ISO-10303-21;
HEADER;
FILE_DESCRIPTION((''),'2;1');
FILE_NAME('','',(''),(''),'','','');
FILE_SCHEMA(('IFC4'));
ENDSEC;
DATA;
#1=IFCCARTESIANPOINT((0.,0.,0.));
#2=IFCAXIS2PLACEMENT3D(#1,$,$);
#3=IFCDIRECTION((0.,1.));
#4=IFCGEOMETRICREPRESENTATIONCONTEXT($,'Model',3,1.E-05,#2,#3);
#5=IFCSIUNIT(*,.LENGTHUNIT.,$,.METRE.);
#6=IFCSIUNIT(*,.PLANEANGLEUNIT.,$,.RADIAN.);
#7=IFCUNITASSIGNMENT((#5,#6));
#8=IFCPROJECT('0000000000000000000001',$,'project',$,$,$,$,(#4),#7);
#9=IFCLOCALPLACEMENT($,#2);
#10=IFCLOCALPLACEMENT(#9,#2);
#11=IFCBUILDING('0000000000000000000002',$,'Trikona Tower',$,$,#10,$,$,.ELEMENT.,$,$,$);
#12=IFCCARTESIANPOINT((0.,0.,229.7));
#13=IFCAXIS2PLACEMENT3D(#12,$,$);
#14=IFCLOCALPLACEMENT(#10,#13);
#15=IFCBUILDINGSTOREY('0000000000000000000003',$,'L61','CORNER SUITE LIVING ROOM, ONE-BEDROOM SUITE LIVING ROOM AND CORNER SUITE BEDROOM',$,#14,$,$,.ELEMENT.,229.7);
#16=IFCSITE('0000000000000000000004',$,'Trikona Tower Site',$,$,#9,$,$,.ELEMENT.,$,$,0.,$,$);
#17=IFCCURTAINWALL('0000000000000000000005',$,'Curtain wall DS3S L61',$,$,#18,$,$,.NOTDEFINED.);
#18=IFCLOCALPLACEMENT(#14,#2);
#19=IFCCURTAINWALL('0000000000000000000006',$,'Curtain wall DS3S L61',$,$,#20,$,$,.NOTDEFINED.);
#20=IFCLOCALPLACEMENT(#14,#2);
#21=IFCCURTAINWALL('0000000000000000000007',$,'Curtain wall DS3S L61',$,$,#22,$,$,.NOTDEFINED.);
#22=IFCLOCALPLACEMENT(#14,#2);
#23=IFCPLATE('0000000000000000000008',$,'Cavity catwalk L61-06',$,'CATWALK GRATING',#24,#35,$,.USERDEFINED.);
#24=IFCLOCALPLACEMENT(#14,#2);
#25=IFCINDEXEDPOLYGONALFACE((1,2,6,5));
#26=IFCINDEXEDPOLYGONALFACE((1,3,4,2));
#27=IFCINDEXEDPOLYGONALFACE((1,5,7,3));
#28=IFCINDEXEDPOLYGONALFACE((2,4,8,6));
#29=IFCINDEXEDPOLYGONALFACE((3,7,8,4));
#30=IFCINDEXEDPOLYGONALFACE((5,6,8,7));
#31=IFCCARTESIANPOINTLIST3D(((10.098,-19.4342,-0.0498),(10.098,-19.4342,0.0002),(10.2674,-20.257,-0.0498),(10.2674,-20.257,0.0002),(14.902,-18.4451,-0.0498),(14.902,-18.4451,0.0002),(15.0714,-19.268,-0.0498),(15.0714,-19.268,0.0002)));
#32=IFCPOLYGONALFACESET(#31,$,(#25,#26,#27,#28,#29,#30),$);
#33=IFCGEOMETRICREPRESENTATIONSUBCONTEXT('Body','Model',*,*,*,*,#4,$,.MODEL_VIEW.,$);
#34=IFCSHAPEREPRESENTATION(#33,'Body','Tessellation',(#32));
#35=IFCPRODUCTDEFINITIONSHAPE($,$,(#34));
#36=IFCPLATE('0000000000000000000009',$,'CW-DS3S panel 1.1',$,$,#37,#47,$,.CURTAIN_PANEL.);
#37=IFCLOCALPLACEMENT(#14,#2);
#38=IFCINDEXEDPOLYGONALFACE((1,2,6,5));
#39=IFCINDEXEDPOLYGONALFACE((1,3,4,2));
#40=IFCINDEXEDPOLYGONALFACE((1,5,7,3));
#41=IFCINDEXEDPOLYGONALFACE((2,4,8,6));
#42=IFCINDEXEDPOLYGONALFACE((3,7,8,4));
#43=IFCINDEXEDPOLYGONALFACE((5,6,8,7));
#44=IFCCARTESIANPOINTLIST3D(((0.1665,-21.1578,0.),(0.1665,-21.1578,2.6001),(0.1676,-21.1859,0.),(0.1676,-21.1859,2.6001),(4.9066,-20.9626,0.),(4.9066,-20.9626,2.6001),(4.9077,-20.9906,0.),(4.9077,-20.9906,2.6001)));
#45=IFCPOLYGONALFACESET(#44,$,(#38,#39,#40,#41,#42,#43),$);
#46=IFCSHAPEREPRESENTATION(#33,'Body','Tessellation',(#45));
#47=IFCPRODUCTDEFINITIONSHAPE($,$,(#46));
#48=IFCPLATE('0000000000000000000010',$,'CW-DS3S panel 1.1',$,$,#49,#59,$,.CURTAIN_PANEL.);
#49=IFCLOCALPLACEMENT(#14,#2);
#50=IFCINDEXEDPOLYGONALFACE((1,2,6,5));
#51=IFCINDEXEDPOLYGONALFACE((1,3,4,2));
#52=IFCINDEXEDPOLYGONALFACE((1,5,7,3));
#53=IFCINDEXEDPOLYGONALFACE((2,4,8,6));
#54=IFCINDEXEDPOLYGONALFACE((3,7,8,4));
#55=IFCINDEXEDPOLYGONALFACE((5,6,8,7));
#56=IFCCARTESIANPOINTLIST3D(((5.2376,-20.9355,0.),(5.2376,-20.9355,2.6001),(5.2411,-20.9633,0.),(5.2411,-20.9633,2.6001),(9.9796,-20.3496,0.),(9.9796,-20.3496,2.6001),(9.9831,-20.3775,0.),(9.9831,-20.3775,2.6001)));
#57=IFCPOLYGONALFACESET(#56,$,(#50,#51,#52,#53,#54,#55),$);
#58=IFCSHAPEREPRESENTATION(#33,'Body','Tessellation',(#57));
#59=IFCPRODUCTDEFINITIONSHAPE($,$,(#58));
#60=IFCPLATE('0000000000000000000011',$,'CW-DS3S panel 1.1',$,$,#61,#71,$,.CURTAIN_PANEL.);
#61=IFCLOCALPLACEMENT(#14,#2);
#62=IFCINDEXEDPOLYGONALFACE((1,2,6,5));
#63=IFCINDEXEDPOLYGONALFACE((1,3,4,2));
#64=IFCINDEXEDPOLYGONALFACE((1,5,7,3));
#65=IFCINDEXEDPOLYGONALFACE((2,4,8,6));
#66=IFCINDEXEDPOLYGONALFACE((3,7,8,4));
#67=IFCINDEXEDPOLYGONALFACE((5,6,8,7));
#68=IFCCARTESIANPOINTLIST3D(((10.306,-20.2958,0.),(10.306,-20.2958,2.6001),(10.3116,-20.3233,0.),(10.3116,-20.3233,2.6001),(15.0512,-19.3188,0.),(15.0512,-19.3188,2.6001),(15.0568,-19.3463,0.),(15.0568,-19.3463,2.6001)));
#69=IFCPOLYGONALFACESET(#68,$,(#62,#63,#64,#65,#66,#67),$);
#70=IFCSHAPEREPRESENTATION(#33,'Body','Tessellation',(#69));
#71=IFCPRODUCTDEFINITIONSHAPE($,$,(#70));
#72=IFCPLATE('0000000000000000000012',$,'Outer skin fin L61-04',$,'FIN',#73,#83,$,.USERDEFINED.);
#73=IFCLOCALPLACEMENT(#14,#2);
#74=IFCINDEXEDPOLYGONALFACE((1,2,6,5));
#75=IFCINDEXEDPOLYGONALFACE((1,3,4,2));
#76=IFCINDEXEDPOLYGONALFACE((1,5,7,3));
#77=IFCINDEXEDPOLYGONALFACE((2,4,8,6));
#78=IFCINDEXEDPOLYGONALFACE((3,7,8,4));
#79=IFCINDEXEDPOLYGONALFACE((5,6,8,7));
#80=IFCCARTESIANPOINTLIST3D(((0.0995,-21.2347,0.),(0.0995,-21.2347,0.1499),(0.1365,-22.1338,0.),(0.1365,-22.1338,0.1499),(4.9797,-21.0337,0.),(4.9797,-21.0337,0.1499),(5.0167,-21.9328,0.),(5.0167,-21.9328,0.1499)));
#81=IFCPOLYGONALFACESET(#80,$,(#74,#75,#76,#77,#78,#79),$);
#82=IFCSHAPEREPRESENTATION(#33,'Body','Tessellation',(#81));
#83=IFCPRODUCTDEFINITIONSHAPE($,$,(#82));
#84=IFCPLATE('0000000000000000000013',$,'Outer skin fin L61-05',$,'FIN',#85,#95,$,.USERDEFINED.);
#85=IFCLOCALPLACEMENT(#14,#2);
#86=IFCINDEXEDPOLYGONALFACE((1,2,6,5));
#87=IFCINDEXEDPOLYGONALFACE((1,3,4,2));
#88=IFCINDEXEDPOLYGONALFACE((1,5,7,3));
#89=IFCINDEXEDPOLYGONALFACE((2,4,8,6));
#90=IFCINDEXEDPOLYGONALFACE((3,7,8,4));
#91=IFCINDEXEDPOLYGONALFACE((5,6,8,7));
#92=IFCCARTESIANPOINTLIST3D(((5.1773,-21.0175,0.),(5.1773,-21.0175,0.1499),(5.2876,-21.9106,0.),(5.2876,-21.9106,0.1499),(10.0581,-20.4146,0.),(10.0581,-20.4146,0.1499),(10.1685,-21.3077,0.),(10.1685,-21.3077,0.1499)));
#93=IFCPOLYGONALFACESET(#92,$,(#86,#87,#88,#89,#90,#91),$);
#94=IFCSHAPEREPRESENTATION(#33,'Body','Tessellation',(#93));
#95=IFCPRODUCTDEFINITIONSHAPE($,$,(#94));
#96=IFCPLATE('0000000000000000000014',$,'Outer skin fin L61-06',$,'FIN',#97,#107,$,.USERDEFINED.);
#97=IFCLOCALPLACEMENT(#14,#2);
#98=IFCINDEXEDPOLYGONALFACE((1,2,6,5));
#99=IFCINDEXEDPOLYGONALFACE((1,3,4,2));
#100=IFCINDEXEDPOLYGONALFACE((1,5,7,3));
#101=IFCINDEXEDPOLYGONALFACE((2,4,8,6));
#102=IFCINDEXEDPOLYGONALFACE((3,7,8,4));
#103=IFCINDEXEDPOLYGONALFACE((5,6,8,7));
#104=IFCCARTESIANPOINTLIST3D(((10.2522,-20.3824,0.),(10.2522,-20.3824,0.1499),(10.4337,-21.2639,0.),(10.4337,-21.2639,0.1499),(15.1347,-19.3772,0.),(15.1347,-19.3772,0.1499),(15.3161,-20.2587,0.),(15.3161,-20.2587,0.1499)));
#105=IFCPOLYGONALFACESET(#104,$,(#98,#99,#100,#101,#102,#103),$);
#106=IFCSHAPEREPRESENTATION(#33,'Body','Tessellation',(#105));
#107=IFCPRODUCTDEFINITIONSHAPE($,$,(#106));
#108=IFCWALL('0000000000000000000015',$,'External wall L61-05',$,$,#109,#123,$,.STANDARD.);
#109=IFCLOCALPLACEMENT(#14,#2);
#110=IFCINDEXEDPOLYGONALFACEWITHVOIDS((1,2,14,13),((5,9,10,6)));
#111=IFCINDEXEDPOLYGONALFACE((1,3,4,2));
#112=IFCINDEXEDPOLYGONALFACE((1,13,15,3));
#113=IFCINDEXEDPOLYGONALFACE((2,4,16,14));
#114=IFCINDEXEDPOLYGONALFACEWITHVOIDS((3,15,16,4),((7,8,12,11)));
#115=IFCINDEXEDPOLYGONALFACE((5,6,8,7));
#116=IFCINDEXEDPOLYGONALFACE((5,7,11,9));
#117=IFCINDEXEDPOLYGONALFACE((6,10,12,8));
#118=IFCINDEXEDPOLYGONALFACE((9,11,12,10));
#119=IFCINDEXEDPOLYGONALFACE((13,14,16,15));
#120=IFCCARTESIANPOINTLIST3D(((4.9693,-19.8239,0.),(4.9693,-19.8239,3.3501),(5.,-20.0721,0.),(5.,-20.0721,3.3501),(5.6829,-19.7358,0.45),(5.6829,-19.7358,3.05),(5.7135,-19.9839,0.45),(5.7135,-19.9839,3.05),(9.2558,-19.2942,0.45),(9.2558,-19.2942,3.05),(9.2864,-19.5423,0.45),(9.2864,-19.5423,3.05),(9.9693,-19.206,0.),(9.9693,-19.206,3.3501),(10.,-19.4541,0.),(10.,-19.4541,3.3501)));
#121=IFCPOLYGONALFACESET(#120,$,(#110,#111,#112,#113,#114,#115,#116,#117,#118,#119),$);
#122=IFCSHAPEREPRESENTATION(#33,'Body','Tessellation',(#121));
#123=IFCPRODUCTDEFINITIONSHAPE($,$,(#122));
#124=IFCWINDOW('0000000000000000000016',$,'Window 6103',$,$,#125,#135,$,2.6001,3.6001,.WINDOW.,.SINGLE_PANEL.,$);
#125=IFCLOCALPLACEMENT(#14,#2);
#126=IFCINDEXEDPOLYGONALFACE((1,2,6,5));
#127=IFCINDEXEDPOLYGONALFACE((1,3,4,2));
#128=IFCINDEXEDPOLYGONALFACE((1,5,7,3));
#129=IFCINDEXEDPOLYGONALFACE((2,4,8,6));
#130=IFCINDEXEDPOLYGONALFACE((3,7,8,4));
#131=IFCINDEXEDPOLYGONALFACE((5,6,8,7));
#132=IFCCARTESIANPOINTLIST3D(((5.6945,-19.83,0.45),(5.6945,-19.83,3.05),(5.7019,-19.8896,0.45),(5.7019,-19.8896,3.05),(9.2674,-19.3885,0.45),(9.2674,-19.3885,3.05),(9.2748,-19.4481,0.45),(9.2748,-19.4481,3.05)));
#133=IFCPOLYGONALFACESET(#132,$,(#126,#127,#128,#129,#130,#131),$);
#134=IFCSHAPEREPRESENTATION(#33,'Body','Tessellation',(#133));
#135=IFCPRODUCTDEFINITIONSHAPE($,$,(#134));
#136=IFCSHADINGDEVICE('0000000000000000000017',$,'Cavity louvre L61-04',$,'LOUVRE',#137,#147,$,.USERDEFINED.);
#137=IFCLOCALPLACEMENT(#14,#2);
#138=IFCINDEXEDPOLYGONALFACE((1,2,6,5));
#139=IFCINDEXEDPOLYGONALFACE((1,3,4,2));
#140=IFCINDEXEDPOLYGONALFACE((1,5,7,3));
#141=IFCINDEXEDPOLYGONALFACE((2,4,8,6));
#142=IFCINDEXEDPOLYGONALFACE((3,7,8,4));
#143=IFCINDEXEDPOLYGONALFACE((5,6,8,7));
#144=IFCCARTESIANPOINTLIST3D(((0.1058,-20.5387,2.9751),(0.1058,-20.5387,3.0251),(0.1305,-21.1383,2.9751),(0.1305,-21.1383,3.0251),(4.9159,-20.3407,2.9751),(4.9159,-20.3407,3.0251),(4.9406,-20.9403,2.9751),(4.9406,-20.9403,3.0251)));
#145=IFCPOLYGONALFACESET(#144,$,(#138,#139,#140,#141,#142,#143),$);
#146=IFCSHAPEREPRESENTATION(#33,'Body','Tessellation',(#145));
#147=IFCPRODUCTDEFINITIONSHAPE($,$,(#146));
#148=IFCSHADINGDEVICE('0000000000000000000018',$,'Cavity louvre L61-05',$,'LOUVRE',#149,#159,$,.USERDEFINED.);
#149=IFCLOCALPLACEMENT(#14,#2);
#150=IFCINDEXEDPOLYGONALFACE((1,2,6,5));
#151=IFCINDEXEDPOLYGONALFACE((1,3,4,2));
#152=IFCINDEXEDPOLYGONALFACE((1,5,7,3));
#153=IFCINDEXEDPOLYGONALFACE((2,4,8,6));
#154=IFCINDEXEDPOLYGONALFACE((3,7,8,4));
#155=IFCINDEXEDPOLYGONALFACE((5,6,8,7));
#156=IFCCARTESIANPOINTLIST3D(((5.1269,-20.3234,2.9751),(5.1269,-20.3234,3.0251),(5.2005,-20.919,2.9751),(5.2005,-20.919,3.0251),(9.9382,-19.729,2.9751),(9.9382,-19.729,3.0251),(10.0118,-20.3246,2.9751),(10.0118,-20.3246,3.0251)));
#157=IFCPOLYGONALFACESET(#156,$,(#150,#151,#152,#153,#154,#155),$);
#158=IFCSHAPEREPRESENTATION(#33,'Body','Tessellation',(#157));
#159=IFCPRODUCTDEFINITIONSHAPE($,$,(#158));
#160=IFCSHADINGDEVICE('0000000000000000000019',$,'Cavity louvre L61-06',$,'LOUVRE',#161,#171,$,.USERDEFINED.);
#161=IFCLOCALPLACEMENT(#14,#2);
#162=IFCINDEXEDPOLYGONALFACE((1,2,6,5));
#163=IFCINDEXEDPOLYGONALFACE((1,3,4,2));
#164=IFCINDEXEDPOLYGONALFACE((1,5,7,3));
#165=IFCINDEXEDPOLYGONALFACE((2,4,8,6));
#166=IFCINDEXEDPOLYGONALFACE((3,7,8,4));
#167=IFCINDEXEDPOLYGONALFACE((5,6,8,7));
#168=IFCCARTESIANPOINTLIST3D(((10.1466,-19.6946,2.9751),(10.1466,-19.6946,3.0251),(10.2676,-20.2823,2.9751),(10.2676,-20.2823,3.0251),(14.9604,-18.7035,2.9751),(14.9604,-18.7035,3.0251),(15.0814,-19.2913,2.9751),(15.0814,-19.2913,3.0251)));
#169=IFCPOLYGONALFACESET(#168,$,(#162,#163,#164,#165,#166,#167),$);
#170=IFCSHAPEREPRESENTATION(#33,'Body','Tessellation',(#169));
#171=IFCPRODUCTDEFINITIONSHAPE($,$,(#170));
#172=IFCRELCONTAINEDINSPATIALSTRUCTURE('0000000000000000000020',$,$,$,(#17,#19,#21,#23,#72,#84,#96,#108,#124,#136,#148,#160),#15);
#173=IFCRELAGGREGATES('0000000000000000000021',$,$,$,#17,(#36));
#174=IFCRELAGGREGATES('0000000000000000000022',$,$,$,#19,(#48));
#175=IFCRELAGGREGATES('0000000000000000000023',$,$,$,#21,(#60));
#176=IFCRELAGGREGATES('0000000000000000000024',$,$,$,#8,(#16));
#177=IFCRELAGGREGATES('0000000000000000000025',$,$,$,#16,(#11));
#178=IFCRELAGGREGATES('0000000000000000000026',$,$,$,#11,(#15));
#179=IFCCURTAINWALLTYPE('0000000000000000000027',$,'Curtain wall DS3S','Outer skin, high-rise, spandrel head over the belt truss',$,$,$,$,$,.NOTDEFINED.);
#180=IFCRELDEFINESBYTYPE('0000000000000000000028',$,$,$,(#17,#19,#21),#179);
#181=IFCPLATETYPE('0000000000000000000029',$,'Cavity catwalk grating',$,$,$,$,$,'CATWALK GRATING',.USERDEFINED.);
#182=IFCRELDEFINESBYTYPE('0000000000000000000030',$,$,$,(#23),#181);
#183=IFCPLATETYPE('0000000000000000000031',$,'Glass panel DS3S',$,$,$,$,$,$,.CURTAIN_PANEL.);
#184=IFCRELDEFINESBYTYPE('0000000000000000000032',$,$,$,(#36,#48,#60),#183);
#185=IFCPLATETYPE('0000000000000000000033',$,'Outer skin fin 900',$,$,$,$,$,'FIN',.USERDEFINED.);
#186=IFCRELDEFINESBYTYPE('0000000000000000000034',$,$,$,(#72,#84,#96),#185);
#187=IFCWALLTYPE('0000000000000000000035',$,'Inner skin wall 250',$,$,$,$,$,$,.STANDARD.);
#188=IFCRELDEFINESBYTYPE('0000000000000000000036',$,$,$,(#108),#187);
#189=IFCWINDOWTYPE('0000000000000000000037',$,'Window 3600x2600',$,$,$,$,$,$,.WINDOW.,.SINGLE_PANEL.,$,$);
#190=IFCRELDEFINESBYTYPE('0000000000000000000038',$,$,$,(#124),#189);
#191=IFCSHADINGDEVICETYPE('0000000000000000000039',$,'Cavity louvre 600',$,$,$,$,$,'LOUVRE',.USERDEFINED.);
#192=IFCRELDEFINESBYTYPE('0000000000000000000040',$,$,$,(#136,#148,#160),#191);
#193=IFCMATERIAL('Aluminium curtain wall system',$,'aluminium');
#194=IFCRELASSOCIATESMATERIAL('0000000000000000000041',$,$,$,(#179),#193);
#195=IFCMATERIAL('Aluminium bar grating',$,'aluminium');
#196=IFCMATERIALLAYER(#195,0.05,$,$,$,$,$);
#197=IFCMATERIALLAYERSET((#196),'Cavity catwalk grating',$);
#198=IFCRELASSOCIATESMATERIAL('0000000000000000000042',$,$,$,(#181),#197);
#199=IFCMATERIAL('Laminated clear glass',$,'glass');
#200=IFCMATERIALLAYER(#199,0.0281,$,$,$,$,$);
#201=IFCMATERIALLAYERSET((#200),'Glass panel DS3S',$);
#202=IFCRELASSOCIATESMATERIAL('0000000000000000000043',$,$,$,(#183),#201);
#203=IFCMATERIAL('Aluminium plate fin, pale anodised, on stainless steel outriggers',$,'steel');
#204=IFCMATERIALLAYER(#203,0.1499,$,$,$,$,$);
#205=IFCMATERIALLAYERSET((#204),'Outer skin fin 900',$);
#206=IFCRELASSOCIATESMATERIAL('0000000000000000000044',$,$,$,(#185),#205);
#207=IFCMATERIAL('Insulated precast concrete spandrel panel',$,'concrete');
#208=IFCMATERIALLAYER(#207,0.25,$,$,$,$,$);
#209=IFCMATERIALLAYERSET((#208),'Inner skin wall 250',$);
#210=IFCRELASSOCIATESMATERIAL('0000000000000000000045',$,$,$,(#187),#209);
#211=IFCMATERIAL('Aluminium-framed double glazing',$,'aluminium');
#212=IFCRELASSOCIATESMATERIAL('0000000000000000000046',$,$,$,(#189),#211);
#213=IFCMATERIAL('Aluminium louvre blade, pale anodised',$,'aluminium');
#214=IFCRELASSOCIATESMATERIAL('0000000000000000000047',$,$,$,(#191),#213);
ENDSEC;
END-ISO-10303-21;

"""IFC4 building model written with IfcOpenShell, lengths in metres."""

from ifc_helpers import new_model, si_unit, direction, frame, frame_2d, origin, origin_2d, place, context, subcontext, project, spatial, rectangle, extrude, material, layer, layer_set, type_object, element, fill, aggregate, save


model = new_model("IFC4")

# Units and contexts
model_context = context("Model", 3, precision=1e-05, world=origin(), true_north=direction((0.0, 1.0)))
body_context = subcontext(model_context, "Body", "Model", "MODEL_VIEW")
ifc_project = project(units=[si_unit("LENGTHUNIT", "METRE"), si_unit("PLANEANGLEUNIT", "RADIAN")], contexts=[model_context])

# Site, building, storey
site_placement = place(None, origin())
site = spatial("IfcSite", under=ifc_project, at=site_placement, Name="Trikona Tower Site", CompositionType="ELEMENT", RefElevation=0.0)
building_placement = place(site_placement, origin())
building = spatial("IfcBuilding", under=site, at=building_placement, Name="Trikona Tower", CompositionType="ELEMENT")
storey_placement = place(building_placement, frame((0.0, 0.0, 229.7)))
storey = spatial("IfcBuildingStorey", under=building, at=storey_placement, Name="L61", Description="CORNER SUITE LIVING ROOM, ONE-BEDROOM SUITE LIVING ROOM AND CORNER SUITE BEDROOM", CompositionType="ELEMENT", Elevation=229.7)

# Curtain walls
ifc_material_1 = material(Name="Aluminium curtain wall system", Category="aluminium")
curtain_wall_type = type_object("IfcCurtainWallType", Name="Curtain wall DS3S", Description="Outer skin, high-rise, spandrel head over the belt truss", PredefinedType="NOTDEFINED", material=ifc_material_1)
curtain_wall_1_placement = place(storey_placement, origin())
curtain_wall_1 = element("IfcCurtainWall", 1, at=curtain_wall_1_placement, inside=storey, type_object=curtain_wall_type, Name="Curtain wall DS3S L61", PredefinedType="NOTDEFINED")
curtain_wall_2_placement = place(storey_placement, origin())
curtain_wall_2 = element("IfcCurtainWall", 2, at=curtain_wall_2_placement, inside=storey, type_object=curtain_wall_type, Name="Curtain wall DS3S L61", PredefinedType="NOTDEFINED")

# Curtain wall
curtain_wall_3_placement = place(storey_placement, origin())
curtain_wall_3 = element("IfcCurtainWall", 3, at=curtain_wall_3_placement, inside=storey, type_object=curtain_wall_type, Name="Curtain wall DS3S L61", PredefinedType="NOTDEFINED")

# Plate
ifc_material_2 = material(Name="Aluminium bar grating", Category="aluminium")
ifc_layer_1 = layer(ifc_material_2, 0.05)
ifc_layer_set_1 = layer_set([ifc_layer_1], Name="Cavity catwalk grating")
plate_type_1 = type_object("IfcPlateType", Name="Cavity catwalk grating", ElementType="CATWALK GRATING", PredefinedType="USERDEFINED", material=ifc_layer_set_1)
plate_1_placement = place(storey_placement, frame((12.5847, -19.3511, -0.0498), z_axis=(0.0, 0.0, 1.0), x_axis=(0.979458, 0.201651, 0.0)))
element("IfcPlate", 4, at=plate_1_placement, inside=storey, type_object=plate_type_1, Name="Cavity catwalk L61-06", ObjectType="CATWALK GRATING", PredefinedType="USERDEFINED", context=body_context, shape_type="SweptSolid", body=[
    extrude(rectangle(XDim=4.9048, YDim=0.8401, at=origin_2d()), origin(), (0.0, 0.0, 1.0), 0.05),
])

# Plates
ifc_material_3 = material(Name="Laminated clear glass", Category="glass")
ifc_layer_2 = layer(ifc_material_3, 0.0281)
ifc_layer_set_2 = layer_set([ifc_layer_2], Name="Glass panel DS3S")
plate_type_2 = type_object("IfcPlateType", Name="Glass panel DS3S", PredefinedType="CURTAIN_PANEL", material=ifc_layer_set_2)
plate_2_placement = place(storey_placement, frame((2.5371, -21.0742, 0.0), z_axis=(0.0, 0.0, 1.0), x_axis=(0.999153, 0.041153, 0.0)))
plate_2 = element("IfcPlate", 5, at=plate_2_placement, type_object=plate_type_2, Name="CW-DS3S panel 1.1", PredefinedType="CURTAIN_PANEL", context=body_context, shape_type="SweptSolid", body=[
    extrude(rectangle(XDim=4.7441, YDim=0.0281, at=origin_2d()), origin(), (0.0, 0.0, 1.0), 2.6001),
])
aggregate(curtain_wall_1, [plate_2])
plate_3_placement = place(storey_placement, frame((7.6104, -20.6565, 0.0), z_axis=(0.0, 0.0, 1.0), x_axis=(0.992455, 0.122611, 0.0)))
plate_3 = element("IfcPlate", 6, at=plate_3_placement, type_object=plate_type_2, Name="CW-DS3S panel 1.1", PredefinedType="CURTAIN_PANEL", context=body_context, shape_type="SweptSolid", body=[
    extrude(rectangle(XDim=4.7781, YDim=0.0281, at=origin_2d()), origin(), (0.0, 0.0, 1.0), 2.6001),
])
aggregate(curtain_wall_2, [plate_3])
plate_4_placement = place(storey_placement, frame((12.6814, -19.821, 0.0), z_axis=(0.0, 0.0, 1.0), x_axis=(0.979457, 0.201653, 0.0)))
plate_4 = element("IfcPlate", 7, at=plate_4_placement, type_object=plate_type_2, Name="CW-DS3S panel 1.1", PredefinedType="CURTAIN_PANEL", context=body_context, shape_type="SweptSolid", body=[
    extrude(rectangle(XDim=4.8447, YDim=0.0281, at=origin_2d()), origin(), (0.0, 0.0, 1.0), 2.6001),
])
aggregate(curtain_wall_3, [plate_4])

# Plates
ifc_material_4 = material(Name="Aluminium plate fin, pale anodised, on stainless steel outriggers", Category="steel")
ifc_layer_3 = layer(ifc_material_4, 0.1499)
ifc_layer_set_3 = layer_set([ifc_layer_3], Name="Outer skin fin 900")
plate_type_3 = type_object("IfcPlateType", Name="Outer skin fin 900", ElementType="FIN", PredefinedType="USERDEFINED", material=ifc_layer_set_3)
plate_5_placement = place(storey_placement, frame((2.5581, -21.5837, 0.0), z_axis=(0.0, 0.0, 1.0), x_axis=(0.999153, 0.041145, 0.0)))
element("IfcPlate", 8, at=plate_5_placement, inside=storey, type_object=plate_type_3, Name="Outer skin fin L61-04", ObjectType="FIN", PredefinedType="USERDEFINED", context=body_context, shape_type="SweptSolid", body=[
    extrude(rectangle(XDim=4.8843, YDim=0.8999, at=origin_2d()), origin(), (0.0, 0.0, 1.0), 0.1499),
])
plate_6_placement = place(storey_placement, frame((7.6729, -21.1626, 0.0), z_axis=(0.0, 0.0, 1.0), x_axis=(0.992455, 0.122607, 0.0)))
element("IfcPlate", 9, at=plate_6_placement, inside=storey, type_object=plate_type_3, Name="Outer skin fin L61-05", ObjectType="FIN", PredefinedType="USERDEFINED", context=body_context, shape_type="SweptSolid", body=[
    extrude(rectangle(XDim=4.918, YDim=0.8999, at=origin_2d()), origin(), (0.0, 0.0, 1.0), 0.1499),
])
plate_7_placement = place(storey_placement, frame((12.7842, -20.3206, 0.0), z_axis=(0.0, 0.0, 1.0), x_axis=(0.979458, 0.201651, 0.0)))
element("IfcPlate", 10, at=plate_7_placement, inside=storey, type_object=plate_type_3, Name="Outer skin fin L61-06", ObjectType="FIN", PredefinedType="USERDEFINED", context=body_context, shape_type="SweptSolid", body=[
    extrude(rectangle(XDim=4.9849, YDim=0.8999, at=origin_2d()), origin(), (0.0, 0.0, 1.0), 0.1499),
])

# Wall, opening, window
ifc_material_5 = material(Name="Insulated precast concrete spandrel panel", Category="concrete")
ifc_layer_4 = layer(ifc_material_5, 0.25)
ifc_layer_set_4 = layer_set([ifc_layer_4], Name="Inner skin wall 250")
wall_type = type_object("IfcWallType", Name="Inner skin wall 250", PredefinedType="STANDARD", material=ifc_layer_set_4)
wall_placement = place(storey_placement, frame((4.9846, -19.948, 0.0), z_axis=(0.0, 0.0, 1.0), x_axis=(0.99245, 0.122651, 0.0)))
wall = element("IfcWall", 11, at=wall_placement, inside=storey, type_object=wall_type, Name="External wall L61-05", PredefinedType="STANDARD", context=body_context, shape_type="SweptSolid", body=[
    extrude(rectangle(XDim=5.0381, YDim=0.25, at=frame_2d((2.519, 0.0))), origin(), (0.0, 0.0, 1.0), 3.3501),
])
opening_placement = place(wall_placement, frame((0.719, 0.0, 0.45)))
opening = element("IfcOpeningElement", 12, at=opening_placement, cuts=wall, PredefinedType="OPENING", context=body_context, shape_type="SweptSolid", body=[
    extrude(rectangle(XDim=3.6001, YDim=2.6001, at=frame_2d((1.8, 1.3))), frame((0.0, 0.135, 0.0), z_axis=(0.0, -1.0, 0.0), x_axis=(1.0, 0.0, 0.0)), (0.0, 0.0, 1.0), 0.27),
])
ifc_material_6 = material(Name="Aluminium-framed double glazing", Category="aluminium")
window_type = type_object("IfcWindowType", Name="Window 3600x2600", PartitioningType="SINGLE_PANEL", PredefinedType="WINDOW", material=ifc_material_6)
window_placement = place(opening_placement, origin())
window = element("IfcWindow", 13, at=window_placement, inside=storey, type_object=window_type, Name="Window 6103", OverallHeight=2.6001, OverallWidth=3.6001, PartitioningType="SINGLE_PANEL", PredefinedType="WINDOW", context=body_context, shape_type="SweptSolid", body=[
    extrude(rectangle(XDim=3.6001, YDim=2.6001, at=frame_2d((1.8, 1.3))), frame((0.0, 0.03, 0.0), z_axis=(0.0, -1.0, 0.0), x_axis=(1.0, 0.0, 0.0)), (0.0, 0.0, 1.0), 0.0601),
])
fill(opening, window)

# Shading devices
ifc_material_7 = material(Name="Aluminium louvre blade, pale anodised", Category="aluminium")
shading_device_type = type_object("IfcShadingDeviceType", Name="Cavity louvre 600", ElementType="LOUVRE", PredefinedType="USERDEFINED", material=ifc_material_7)
shading_device_1_placement = place(storey_placement, frame((2.5232, -20.7395, 2.9751), z_axis=(0.0, 0.0, 1.0), x_axis=(0.999153, 0.041145, 0.0)))
element("IfcShadingDevice", 14, at=shading_device_1_placement, inside=storey, type_object=shading_device_type, Name="Cavity louvre L61-04", ObjectType="LOUVRE", PredefinedType="USERDEFINED", context=body_context, shape_type="SweptSolid", body=[
    extrude(rectangle(XDim=4.8142, YDim=0.6001, at=origin_2d()), origin(), (0.0, 0.0, 1.0), 0.05),
])
shading_device_2_placement = place(storey_placement, frame((7.5693, -20.324, 2.9751), z_axis=(0.0, 0.0, 1.0), x_axis=(0.992455, 0.122607, 0.0)))
element("IfcShadingDevice", 15, at=shading_device_2_placement, inside=storey, type_object=shading_device_type, Name="Cavity louvre L61-05", ObjectType="LOUVRE", PredefinedType="USERDEFINED", context=body_context, shape_type="SweptSolid", body=[
    extrude(rectangle(XDim=4.8479, YDim=0.6001, at=origin_2d()), origin(), (0.0, 0.0, 1.0), 0.05),
])
shading_device_3_placement = place(storey_placement, frame((12.614, -19.4929, 2.9751), z_axis=(0.0, 0.0, 1.0), x_axis=(0.979458, 0.201651, 0.0)))
element("IfcShadingDevice", 16, at=shading_device_3_placement, inside=storey, type_object=shading_device_type, Name="Cavity louvre L61-06", ObjectType="LOUVRE", PredefinedType="USERDEFINED", context=body_context, shape_type="SweptSolid", body=[
    extrude(rectangle(XDim=4.9148, YDim=0.6001, at=origin_2d()), origin(), (0.0, 0.0, 1.0), 0.05),
])

save(model, "model.ifc")
